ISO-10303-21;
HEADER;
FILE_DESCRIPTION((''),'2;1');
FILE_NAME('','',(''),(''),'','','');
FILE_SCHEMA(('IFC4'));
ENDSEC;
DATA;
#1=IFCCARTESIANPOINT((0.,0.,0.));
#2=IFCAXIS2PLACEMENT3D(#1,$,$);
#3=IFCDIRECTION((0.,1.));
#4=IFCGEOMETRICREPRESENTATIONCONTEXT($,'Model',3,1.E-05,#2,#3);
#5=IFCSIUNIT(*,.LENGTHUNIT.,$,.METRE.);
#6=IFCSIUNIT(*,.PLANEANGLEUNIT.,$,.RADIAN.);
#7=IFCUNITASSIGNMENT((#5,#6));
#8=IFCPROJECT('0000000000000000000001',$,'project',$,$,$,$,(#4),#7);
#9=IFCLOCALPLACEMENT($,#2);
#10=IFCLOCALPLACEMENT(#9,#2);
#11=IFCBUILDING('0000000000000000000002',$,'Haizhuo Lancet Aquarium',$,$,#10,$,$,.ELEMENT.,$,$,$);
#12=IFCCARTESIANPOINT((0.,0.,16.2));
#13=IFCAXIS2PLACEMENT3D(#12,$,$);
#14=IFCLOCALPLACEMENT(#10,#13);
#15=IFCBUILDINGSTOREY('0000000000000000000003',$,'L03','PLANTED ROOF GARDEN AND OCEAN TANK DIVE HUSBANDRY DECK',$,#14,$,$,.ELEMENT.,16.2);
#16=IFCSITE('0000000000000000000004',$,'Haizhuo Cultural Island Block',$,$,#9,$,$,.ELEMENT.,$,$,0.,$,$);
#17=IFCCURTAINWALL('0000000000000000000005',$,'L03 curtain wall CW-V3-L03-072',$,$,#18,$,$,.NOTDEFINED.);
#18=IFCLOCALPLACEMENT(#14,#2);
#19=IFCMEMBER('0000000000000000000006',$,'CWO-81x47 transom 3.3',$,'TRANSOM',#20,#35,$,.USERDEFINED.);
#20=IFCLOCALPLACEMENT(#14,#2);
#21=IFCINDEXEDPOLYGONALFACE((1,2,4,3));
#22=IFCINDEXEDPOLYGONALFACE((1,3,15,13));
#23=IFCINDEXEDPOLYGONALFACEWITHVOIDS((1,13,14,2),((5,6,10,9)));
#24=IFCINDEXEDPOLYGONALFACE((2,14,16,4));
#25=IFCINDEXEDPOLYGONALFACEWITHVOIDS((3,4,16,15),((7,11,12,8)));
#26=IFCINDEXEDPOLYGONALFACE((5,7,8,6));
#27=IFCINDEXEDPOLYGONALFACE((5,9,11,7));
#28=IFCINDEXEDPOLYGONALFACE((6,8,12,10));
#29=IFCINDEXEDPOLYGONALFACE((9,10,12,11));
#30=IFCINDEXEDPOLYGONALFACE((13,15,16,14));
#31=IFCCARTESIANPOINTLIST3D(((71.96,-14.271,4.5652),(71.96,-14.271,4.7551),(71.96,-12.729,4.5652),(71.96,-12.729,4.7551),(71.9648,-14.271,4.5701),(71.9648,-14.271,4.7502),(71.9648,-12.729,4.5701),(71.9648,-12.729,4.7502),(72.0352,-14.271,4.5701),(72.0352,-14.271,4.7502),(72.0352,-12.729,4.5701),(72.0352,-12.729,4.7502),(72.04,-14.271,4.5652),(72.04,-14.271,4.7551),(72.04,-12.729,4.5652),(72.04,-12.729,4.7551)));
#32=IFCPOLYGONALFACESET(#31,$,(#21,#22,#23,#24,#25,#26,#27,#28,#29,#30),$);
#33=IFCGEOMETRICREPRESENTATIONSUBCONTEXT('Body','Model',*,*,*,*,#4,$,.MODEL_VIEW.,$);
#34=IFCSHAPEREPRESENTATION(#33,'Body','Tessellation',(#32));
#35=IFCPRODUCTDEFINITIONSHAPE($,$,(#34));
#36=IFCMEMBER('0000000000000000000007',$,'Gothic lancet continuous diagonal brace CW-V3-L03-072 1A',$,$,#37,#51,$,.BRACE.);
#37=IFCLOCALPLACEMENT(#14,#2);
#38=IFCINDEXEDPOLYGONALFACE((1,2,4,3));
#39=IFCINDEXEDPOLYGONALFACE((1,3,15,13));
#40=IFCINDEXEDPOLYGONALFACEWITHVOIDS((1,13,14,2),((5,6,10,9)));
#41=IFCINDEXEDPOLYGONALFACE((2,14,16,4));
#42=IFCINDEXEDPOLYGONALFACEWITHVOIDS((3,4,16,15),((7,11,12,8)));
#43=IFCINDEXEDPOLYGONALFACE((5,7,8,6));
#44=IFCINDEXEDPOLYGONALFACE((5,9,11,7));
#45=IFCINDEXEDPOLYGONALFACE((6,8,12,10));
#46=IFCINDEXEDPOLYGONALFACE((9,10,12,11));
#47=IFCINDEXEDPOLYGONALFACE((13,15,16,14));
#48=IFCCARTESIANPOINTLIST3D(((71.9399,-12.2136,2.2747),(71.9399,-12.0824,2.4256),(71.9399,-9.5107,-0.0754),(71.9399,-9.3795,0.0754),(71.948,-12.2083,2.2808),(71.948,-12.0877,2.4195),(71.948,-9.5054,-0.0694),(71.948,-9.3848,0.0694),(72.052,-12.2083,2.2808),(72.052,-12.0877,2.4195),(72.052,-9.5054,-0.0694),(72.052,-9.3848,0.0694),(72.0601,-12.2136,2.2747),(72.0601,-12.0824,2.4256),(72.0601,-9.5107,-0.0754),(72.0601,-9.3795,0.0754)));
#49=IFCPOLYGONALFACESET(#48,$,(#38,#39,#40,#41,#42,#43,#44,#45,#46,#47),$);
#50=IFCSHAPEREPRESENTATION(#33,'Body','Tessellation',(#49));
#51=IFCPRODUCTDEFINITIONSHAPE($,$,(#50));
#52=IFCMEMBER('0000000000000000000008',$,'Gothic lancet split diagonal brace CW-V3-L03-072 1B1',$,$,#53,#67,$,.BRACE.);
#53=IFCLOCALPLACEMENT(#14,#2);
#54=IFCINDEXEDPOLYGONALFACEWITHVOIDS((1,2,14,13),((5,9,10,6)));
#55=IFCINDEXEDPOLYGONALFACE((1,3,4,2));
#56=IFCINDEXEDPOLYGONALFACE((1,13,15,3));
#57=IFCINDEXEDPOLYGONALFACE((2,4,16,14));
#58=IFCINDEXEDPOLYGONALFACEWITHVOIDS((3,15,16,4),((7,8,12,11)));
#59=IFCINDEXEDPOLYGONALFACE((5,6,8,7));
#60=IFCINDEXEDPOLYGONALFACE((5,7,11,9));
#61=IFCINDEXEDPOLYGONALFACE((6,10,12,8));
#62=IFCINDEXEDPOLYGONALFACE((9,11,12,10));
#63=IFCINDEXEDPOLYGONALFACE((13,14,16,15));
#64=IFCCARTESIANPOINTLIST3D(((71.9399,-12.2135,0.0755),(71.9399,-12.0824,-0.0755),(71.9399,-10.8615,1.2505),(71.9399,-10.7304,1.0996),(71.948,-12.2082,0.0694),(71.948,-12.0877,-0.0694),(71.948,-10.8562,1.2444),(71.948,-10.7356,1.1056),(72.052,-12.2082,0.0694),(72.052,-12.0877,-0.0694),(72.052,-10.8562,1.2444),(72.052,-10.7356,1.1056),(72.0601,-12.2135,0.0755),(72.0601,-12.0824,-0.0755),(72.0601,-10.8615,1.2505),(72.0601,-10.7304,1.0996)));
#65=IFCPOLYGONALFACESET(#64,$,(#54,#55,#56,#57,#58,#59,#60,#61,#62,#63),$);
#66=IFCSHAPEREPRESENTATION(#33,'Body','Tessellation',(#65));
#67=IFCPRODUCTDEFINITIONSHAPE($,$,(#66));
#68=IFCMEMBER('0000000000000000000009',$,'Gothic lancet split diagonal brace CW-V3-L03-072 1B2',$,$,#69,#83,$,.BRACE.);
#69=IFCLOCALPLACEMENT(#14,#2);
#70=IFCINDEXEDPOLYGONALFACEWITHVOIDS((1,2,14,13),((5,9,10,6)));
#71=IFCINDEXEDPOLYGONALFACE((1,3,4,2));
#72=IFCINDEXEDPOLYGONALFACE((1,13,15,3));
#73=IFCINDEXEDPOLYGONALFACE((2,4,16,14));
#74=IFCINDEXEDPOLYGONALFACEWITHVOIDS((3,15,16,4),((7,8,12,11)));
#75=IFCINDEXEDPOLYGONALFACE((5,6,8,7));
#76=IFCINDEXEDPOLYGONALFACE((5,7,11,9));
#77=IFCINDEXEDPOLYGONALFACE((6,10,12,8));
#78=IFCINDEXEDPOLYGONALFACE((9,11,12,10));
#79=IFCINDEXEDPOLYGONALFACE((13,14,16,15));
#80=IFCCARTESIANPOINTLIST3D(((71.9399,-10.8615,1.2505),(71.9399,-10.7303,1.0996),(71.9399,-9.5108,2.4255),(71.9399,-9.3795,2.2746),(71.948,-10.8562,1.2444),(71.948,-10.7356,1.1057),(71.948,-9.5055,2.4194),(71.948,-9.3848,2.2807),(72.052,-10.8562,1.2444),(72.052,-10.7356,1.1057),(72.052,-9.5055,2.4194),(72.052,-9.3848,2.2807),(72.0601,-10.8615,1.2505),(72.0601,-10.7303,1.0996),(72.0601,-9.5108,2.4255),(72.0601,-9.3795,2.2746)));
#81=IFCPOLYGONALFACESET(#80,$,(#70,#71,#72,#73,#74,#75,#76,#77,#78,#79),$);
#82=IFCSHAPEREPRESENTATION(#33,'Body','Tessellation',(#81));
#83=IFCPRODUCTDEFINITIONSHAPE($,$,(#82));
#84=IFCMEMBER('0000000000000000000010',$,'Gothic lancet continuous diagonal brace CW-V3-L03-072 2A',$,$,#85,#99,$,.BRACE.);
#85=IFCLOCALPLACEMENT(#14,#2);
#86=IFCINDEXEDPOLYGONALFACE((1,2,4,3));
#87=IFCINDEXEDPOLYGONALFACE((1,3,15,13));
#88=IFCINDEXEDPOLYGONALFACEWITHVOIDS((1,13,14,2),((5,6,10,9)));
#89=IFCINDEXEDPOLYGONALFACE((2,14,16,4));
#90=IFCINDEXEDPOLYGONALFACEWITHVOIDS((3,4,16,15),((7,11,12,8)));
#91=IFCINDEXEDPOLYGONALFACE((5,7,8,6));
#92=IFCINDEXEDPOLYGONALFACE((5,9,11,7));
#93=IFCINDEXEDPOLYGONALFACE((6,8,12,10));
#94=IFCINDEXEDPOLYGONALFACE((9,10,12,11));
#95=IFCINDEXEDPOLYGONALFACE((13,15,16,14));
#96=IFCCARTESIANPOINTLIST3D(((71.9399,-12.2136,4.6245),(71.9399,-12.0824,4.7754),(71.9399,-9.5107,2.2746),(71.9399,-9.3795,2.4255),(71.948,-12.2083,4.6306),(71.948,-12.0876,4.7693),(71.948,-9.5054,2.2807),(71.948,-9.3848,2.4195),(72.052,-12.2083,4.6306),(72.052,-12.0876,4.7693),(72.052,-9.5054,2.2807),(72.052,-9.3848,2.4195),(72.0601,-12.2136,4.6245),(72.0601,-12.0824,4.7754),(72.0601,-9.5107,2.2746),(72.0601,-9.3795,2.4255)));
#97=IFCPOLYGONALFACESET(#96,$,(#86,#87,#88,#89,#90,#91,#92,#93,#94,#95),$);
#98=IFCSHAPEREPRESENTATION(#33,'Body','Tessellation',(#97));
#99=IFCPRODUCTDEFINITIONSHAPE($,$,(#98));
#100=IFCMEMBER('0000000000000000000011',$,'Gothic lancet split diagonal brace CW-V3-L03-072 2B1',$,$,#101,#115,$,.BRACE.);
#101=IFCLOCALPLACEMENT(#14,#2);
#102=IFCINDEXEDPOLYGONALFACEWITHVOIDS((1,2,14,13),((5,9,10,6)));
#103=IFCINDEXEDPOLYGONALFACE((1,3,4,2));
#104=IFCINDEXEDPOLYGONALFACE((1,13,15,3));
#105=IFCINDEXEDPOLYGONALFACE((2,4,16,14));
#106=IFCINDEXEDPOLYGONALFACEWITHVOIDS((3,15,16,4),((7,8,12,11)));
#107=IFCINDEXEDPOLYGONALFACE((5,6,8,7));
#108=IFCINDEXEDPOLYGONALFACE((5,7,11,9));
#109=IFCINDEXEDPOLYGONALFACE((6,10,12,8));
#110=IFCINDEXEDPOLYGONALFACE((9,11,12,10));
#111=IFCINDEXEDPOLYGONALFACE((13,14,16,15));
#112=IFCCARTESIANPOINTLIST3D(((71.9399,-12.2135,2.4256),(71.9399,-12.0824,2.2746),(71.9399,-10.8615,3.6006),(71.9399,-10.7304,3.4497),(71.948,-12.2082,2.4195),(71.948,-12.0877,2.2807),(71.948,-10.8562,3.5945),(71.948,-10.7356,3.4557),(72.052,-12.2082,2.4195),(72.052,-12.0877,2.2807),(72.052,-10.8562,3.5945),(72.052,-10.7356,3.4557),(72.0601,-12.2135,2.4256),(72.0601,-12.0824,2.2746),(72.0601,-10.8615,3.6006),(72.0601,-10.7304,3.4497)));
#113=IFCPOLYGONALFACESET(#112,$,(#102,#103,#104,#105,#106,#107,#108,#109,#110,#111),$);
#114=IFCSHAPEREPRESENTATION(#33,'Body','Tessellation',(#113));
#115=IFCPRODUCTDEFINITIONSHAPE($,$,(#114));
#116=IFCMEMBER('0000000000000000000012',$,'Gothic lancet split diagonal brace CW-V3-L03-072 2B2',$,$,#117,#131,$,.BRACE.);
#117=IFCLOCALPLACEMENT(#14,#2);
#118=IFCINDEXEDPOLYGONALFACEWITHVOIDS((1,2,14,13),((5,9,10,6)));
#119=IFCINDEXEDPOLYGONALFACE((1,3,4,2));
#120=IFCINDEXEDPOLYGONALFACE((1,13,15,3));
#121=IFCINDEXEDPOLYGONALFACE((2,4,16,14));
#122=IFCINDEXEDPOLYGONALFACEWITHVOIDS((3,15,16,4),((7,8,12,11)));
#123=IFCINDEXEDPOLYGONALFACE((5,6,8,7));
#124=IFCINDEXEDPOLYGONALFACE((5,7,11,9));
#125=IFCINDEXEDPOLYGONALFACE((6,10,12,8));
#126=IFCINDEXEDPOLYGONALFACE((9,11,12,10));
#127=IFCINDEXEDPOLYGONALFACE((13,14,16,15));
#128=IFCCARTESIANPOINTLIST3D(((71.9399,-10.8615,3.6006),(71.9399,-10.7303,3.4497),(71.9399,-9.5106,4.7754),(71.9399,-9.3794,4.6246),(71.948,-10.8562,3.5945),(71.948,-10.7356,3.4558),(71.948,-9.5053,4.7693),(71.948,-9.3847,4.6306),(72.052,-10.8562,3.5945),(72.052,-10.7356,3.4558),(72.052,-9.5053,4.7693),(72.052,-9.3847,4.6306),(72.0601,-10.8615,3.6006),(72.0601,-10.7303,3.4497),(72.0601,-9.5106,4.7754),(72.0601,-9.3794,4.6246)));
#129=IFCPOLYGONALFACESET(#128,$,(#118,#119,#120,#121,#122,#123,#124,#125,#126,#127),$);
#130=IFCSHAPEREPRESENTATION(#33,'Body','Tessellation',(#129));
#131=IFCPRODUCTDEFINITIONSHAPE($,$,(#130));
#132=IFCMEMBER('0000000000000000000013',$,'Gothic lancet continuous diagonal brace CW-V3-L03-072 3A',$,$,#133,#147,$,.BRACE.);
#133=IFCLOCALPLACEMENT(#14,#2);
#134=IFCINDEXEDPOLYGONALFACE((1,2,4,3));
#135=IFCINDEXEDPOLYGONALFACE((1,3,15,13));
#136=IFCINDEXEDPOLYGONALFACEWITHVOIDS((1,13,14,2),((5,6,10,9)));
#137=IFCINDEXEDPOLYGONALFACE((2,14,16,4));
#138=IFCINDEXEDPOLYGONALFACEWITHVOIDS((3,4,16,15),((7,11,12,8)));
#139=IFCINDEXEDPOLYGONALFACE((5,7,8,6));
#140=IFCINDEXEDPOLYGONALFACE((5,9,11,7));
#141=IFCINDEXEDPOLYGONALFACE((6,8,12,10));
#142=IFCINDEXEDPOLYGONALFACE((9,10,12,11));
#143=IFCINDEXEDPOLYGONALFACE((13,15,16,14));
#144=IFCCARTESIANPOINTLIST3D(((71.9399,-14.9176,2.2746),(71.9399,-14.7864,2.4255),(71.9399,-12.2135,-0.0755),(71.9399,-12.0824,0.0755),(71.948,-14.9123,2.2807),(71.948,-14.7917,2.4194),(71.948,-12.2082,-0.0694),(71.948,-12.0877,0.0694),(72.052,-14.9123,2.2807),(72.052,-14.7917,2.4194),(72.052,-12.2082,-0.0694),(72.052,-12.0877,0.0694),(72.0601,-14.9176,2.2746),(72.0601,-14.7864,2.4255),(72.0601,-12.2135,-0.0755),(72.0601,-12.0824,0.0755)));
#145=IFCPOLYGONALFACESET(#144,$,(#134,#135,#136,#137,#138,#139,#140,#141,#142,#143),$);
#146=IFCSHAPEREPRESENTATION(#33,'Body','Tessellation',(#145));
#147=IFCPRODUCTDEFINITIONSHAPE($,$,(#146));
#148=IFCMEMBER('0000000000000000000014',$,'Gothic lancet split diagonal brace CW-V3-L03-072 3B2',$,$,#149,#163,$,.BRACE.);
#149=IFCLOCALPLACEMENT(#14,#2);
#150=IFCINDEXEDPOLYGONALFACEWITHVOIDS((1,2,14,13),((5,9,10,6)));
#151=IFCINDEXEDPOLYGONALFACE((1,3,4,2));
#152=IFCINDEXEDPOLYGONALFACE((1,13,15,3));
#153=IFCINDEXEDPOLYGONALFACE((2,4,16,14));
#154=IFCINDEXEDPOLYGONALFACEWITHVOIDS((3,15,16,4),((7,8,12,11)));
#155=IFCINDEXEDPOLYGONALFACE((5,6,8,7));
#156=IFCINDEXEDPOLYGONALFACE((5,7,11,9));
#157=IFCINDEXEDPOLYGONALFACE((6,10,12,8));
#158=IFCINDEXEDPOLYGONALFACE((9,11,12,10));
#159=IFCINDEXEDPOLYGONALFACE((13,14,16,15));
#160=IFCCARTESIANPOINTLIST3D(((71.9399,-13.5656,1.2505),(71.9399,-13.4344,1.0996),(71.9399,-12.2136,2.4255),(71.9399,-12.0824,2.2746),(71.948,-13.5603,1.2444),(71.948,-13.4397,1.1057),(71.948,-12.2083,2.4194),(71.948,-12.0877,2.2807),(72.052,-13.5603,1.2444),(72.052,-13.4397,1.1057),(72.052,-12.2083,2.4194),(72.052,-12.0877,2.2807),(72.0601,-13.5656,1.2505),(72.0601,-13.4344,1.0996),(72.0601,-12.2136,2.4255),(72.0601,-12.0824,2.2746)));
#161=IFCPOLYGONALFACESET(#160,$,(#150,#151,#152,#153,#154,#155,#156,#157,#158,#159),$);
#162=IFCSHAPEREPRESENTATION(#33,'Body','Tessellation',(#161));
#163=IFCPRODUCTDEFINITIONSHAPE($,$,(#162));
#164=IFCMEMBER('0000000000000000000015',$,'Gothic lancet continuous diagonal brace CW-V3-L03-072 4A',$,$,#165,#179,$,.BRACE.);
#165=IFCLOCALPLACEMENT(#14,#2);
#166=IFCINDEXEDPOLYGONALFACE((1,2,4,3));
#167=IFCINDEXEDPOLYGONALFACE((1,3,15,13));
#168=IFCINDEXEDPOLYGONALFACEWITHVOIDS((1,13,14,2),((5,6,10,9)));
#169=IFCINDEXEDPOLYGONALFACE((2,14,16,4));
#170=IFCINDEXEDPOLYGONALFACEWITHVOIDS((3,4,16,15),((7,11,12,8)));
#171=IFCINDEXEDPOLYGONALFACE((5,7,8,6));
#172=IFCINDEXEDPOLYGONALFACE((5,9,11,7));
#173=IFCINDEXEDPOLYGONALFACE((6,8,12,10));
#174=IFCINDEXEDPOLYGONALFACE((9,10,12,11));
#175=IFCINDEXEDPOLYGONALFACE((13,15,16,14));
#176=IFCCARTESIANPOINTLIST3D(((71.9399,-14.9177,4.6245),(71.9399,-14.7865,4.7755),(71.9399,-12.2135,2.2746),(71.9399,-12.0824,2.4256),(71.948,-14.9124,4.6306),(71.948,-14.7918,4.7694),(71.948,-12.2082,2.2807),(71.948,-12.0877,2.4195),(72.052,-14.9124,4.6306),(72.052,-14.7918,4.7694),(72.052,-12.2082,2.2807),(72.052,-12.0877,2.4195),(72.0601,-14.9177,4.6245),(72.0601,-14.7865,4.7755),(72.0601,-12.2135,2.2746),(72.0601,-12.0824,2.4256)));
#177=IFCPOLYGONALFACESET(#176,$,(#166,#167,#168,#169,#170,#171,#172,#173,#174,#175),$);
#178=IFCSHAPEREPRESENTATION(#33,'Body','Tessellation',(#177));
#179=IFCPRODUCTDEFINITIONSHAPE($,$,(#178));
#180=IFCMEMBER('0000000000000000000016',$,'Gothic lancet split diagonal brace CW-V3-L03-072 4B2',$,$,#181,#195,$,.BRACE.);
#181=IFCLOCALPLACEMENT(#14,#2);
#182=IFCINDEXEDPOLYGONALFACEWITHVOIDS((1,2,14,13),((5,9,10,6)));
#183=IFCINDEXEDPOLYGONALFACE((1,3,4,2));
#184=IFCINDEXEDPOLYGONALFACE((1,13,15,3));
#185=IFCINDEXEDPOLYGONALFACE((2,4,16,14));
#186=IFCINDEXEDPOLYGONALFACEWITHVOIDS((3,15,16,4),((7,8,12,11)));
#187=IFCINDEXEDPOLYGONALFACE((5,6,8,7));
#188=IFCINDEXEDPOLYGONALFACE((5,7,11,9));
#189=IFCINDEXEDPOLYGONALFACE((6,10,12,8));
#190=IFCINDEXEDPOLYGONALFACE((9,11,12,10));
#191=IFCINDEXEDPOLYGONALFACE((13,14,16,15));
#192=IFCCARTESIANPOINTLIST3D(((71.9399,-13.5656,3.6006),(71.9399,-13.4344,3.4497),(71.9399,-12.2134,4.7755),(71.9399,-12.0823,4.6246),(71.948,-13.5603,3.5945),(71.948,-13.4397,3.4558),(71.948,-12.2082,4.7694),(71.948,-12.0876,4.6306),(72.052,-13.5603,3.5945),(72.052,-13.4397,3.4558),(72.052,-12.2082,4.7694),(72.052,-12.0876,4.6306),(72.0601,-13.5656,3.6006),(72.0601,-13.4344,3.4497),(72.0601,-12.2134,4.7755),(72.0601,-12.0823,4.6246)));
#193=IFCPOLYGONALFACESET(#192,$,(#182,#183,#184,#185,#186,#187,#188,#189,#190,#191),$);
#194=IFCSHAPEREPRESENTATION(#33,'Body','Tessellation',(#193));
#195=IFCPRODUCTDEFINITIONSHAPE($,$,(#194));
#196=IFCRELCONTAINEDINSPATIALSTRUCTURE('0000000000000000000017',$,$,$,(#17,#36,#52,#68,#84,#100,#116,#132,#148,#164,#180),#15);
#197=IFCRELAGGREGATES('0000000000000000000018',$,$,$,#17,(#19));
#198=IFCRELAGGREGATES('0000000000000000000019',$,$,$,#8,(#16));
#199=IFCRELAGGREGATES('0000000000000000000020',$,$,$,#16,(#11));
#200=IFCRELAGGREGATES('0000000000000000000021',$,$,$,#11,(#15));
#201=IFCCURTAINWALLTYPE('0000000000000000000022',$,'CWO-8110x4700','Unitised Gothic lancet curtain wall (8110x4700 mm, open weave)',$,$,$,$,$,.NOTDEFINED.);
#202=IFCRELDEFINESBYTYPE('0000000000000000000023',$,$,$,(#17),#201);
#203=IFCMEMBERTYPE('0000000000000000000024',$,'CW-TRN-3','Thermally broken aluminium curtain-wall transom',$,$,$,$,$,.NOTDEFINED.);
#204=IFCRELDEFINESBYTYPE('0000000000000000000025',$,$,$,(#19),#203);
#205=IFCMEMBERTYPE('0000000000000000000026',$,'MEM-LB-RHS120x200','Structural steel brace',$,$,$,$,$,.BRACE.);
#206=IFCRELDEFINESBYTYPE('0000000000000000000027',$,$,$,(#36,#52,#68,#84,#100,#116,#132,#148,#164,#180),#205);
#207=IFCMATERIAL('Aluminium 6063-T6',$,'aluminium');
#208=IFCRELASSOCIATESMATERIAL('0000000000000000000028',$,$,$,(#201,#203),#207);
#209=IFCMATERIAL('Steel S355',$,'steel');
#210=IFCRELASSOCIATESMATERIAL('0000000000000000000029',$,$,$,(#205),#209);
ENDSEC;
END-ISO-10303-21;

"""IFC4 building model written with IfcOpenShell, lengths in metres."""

from ifc_helpers import new_model, si_unit, direction, frame, origin, origin_2d, place, context, subcontext, project, spatial, hollow_rectangle, extrude, material, material_profile, profile_set, type_object, element, aggregate, save


model = new_model("IFC4")

# Units and contexts
model_context = context("Model", 3, precision=1e-05, world=origin(), true_north=direction((0.0, 1.0)))
body_context = subcontext(model_context, "Body", "Model", "MODEL_VIEW")
ifc_project = project(units=[si_unit("LENGTHUNIT", "METRE"), si_unit("PLANEANGLEUNIT", "RADIAN")], contexts=[model_context])

# Site, building, storey
site_placement = place(None, origin())
site = spatial("IfcSite", under=ifc_project, at=site_placement, Name="Haizhuo Cultural Island Block", CompositionType="ELEMENT", RefElevation=0.0)
building_placement = place(site_placement, origin())
building = spatial("IfcBuilding", under=site, at=building_placement, Name="Haizhuo Lancet Aquarium", CompositionType="ELEMENT")
storey_placement = place(building_placement, frame((0.0, 0.0, 16.2)))
storey = spatial("IfcBuildingStorey", under=building, at=storey_placement, Name="L03", Description="PLANTED ROOF GARDEN AND OCEAN TANK DIVE HUSBANDRY DECK", CompositionType="ELEMENT", Elevation=16.2)

# Curtain wall, member
ifc_material_1 = material(Name="Aluminium 6063-T6", Category="aluminium")
curtain_wall_type = type_object("IfcCurtainWallType", Name="CWO-8110x4700", Description="Unitised Gothic lancet curtain wall (8110x4700 mm, open weave)", PredefinedType="NOTDEFINED", material=ifc_material_1)
curtain_wall_placement = place(storey_placement, origin())
curtain_wall = element("IfcCurtainWall", 1, at=curtain_wall_placement, inside=storey, type_object=curtain_wall_type, Name="L03 curtain wall CW-V3-L03-072", PredefinedType="NOTDEFINED")
ifc_material_profile_1 = material_profile(ifc_material_1, hollow_rectangle(XDim=0.0801, YDim=0.1899, WallThickness=0.0049, at=origin_2d()), Name="ALU-T 80x190x5")
ifc_profile_set_1 = profile_set([ifc_material_profile_1], Name="Aluminium 6063-T6")
member_type_1 = type_object("IfcMemberType", Name="CW-TRN-3", Description="Thermally broken aluminium curtain-wall transom", PredefinedType="NOTDEFINED", material=ifc_profile_set_1)
member_1_placement = place(storey_placement, frame((72.0, -12.729, 4.6602), z_axis=(0.0, -1.0, 0.0), x_axis=(1.0, 0.0, 0.0)))
member_1 = element("IfcMember", 2, at=member_1_placement, type_object=member_type_1, Name="CWO-81x47 transom 3.3", ObjectType="TRANSOM", PredefinedType="USERDEFINED", context=body_context, shape_type="SweptSolid", body=[
    extrude(hollow_rectangle(XDim=0.0801, YDim=0.1899, WallThickness=0.0049, at=origin_2d()), origin(), (0.0, 0.0, 1.0), 1.542),
])

# Members
ifc_material_2 = material(Name="Steel S355", Category="steel")
ifc_material_profile_2 = material_profile(ifc_material_2, hollow_rectangle(XDim=0.1201, YDim=0.2, WallThickness=0.0081, at=origin_2d()), Name="RHS 120x200x8")
ifc_profile_set_2 = profile_set([ifc_material_profile_2], Name="Steel S355")
member_type_2 = type_object("IfcMemberType", Name="MEM-LB-RHS120x200", Description="Structural steel brace", PredefinedType="BRACE", material=ifc_profile_set_2)
member_2_placement = place(storey_placement, frame((72.0, -9.4451, 0.0), z_axis=(0.0, -0.754638, 0.656142), x_axis=(1.0, 0.0, 0.0)))
element("IfcMember", 3, at=member_2_placement, inside=storey, type_object=member_type_2, Name="Gothic lancet continuous diagonal brace CW-V3-L03-072 1A", PredefinedType="BRACE", context=body_context, shape_type="SweptSolid", body=[
    extrude(hollow_rectangle(XDim=0.1201, YDim=0.2, WallThickness=0.0081, at=origin_2d()), origin(), (0.0, 0.0, 1.0), 3.5818),
])
member_3_placement = place(storey_placement, frame((72.0, -12.1479, 0.0), z_axis=(0.0, 0.754784, 0.655973), x_axis=(-1.0, 0.0, 0.0)))
element("IfcMember", 4, at=member_3_placement, inside=storey, type_object=member_type_2, Name="Gothic lancet split diagonal brace CW-V3-L03-072 1B1", PredefinedType="BRACE", context=body_context, shape_type="SweptSolid", body=[
    extrude(hollow_rectangle(XDim=0.1201, YDim=0.2, WallThickness=0.0081, at=origin_2d()), origin(), (0.0, 0.0, 1.0), 1.7913),
])
member_4_placement = place(storey_placement, frame((72.0, -10.7959, 1.175), z_axis=(0.0, 0.754491, 0.65631), x_axis=(-1.0, 0.0, 0.0)))
element("IfcMember", 5, at=member_4_placement, inside=storey, type_object=member_type_2, Name="Gothic lancet split diagonal brace CW-V3-L03-072 1B2", PredefinedType="BRACE", context=body_context, shape_type="SweptSolid", body=[
    extrude(hollow_rectangle(XDim=0.1201, YDim=0.2, WallThickness=0.0081, at=origin_2d()), origin(), (0.0, 0.0, 1.0), 1.7903),
])
member_5_placement = place(storey_placement, frame((72.0, -9.4451, 2.3501), z_axis=(0.0, -0.754672, 0.656103), x_axis=(1.0, 0.0, 0.0)))
element("IfcMember", 6, at=member_5_placement, inside=storey, type_object=member_type_2, Name="Gothic lancet continuous diagonal brace CW-V3-L03-072 2A", PredefinedType="BRACE", context=body_context, shape_type="SweptSolid", body=[
    extrude(hollow_rectangle(XDim=0.1201, YDim=0.2, WallThickness=0.0081, at=origin_2d()), origin(), (0.0, 0.0, 1.0), 3.5815),
])
member_6_placement = place(storey_placement, frame((72.0, -12.1479, 2.3501), z_axis=(0.0, 0.754784, 0.655973), x_axis=(-1.0, 0.0, 0.0)))
element("IfcMember", 7, at=member_6_placement, inside=storey, type_object=member_type_2, Name="Gothic lancet split diagonal brace CW-V3-L03-072 2B1", PredefinedType="BRACE", context=body_context, shape_type="SweptSolid", body=[
    extrude(hollow_rectangle(XDim=0.1201, YDim=0.2, WallThickness=0.0081, at=origin_2d()), origin(), (0.0, 0.0, 1.0), 1.7913),
])
member_7_placement = place(storey_placement, frame((72.0, -10.7959, 3.5251), z_axis=(0.0, 0.754559, 0.656233), x_axis=(-1.0, 0.0, 0.0)))
element("IfcMember", 8, at=member_7_placement, inside=storey, type_object=member_type_2, Name="Gothic lancet split diagonal brace CW-V3-L03-072 2B2", PredefinedType="BRACE", context=body_context, shape_type="SweptSolid", body=[
    extrude(hollow_rectangle(XDim=0.1201, YDim=0.2, WallThickness=0.0081, at=origin_2d()), origin(), (0.0, 0.0, 1.0), 1.7903),
])
member_8_placement = place(storey_placement, frame((72.0, -12.1479, 0.0), z_axis=(0.0, -0.754784, 0.655973), x_axis=(1.0, 0.0, 0.0)))
element("IfcMember", 9, at=member_8_placement, inside=storey, type_object=member_type_2, Name="Gothic lancet continuous diagonal brace CW-V3-L03-072 3A", PredefinedType="BRACE", context=body_context, shape_type="SweptSolid", body=[
    extrude(hollow_rectangle(XDim=0.1201, YDim=0.2, WallThickness=0.0081, at=origin_2d()), origin(), (0.0, 0.0, 1.0), 3.5825),
])
member_9_placement = place(storey_placement, frame((72.0, -13.5, 1.175), z_axis=(0.0, 0.754784, 0.655973), x_axis=(-1.0, 0.0, 0.0)))
element("IfcMember", 10, at=member_9_placement, inside=storey, type_object=member_type_2, Name="Gothic lancet split diagonal brace CW-V3-L03-072 3B2", PredefinedType="BRACE", context=body_context, shape_type="SweptSolid", body=[
    extrude(hollow_rectangle(XDim=0.1201, YDim=0.2, WallThickness=0.0081, at=origin_2d()), origin(), (0.0, 0.0, 1.0), 1.7913),
])
member_10_placement = place(storey_placement, frame((72.0, -12.1479, 2.3501), z_axis=(0.0, -0.754818, 0.655934), x_axis=(1.0, 0.0, 0.0)))
element("IfcMember", 11, at=member_10_placement, inside=storey, type_object=member_type_2, Name="Gothic lancet continuous diagonal brace CW-V3-L03-072 4A", PredefinedType="BRACE", context=body_context, shape_type="SweptSolid", body=[
    extrude(hollow_rectangle(XDim=0.1201, YDim=0.2, WallThickness=0.0081, at=origin_2d()), origin(), (0.0, 0.0, 1.0), 3.5825),
])
member_11_placement = place(storey_placement, frame((72.0, -13.5, 3.5251), z_axis=(0.0, 0.754852, 0.655895), x_axis=(-1.0, 0.0, 0.0)))
element("IfcMember", 12, at=member_11_placement, inside=storey, type_object=member_type_2, Name="Gothic lancet split diagonal brace CW-V3-L03-072 4B2", PredefinedType="BRACE", context=body_context, shape_type="SweptSolid", body=[
    extrude(hollow_rectangle(XDim=0.1201, YDim=0.2, WallThickness=0.0081, at=origin_2d()), origin(), (0.0, 0.0, 1.0), 1.7913),
])

aggregate(curtain_wall, [member_1])

save(model, "model.ifc")
